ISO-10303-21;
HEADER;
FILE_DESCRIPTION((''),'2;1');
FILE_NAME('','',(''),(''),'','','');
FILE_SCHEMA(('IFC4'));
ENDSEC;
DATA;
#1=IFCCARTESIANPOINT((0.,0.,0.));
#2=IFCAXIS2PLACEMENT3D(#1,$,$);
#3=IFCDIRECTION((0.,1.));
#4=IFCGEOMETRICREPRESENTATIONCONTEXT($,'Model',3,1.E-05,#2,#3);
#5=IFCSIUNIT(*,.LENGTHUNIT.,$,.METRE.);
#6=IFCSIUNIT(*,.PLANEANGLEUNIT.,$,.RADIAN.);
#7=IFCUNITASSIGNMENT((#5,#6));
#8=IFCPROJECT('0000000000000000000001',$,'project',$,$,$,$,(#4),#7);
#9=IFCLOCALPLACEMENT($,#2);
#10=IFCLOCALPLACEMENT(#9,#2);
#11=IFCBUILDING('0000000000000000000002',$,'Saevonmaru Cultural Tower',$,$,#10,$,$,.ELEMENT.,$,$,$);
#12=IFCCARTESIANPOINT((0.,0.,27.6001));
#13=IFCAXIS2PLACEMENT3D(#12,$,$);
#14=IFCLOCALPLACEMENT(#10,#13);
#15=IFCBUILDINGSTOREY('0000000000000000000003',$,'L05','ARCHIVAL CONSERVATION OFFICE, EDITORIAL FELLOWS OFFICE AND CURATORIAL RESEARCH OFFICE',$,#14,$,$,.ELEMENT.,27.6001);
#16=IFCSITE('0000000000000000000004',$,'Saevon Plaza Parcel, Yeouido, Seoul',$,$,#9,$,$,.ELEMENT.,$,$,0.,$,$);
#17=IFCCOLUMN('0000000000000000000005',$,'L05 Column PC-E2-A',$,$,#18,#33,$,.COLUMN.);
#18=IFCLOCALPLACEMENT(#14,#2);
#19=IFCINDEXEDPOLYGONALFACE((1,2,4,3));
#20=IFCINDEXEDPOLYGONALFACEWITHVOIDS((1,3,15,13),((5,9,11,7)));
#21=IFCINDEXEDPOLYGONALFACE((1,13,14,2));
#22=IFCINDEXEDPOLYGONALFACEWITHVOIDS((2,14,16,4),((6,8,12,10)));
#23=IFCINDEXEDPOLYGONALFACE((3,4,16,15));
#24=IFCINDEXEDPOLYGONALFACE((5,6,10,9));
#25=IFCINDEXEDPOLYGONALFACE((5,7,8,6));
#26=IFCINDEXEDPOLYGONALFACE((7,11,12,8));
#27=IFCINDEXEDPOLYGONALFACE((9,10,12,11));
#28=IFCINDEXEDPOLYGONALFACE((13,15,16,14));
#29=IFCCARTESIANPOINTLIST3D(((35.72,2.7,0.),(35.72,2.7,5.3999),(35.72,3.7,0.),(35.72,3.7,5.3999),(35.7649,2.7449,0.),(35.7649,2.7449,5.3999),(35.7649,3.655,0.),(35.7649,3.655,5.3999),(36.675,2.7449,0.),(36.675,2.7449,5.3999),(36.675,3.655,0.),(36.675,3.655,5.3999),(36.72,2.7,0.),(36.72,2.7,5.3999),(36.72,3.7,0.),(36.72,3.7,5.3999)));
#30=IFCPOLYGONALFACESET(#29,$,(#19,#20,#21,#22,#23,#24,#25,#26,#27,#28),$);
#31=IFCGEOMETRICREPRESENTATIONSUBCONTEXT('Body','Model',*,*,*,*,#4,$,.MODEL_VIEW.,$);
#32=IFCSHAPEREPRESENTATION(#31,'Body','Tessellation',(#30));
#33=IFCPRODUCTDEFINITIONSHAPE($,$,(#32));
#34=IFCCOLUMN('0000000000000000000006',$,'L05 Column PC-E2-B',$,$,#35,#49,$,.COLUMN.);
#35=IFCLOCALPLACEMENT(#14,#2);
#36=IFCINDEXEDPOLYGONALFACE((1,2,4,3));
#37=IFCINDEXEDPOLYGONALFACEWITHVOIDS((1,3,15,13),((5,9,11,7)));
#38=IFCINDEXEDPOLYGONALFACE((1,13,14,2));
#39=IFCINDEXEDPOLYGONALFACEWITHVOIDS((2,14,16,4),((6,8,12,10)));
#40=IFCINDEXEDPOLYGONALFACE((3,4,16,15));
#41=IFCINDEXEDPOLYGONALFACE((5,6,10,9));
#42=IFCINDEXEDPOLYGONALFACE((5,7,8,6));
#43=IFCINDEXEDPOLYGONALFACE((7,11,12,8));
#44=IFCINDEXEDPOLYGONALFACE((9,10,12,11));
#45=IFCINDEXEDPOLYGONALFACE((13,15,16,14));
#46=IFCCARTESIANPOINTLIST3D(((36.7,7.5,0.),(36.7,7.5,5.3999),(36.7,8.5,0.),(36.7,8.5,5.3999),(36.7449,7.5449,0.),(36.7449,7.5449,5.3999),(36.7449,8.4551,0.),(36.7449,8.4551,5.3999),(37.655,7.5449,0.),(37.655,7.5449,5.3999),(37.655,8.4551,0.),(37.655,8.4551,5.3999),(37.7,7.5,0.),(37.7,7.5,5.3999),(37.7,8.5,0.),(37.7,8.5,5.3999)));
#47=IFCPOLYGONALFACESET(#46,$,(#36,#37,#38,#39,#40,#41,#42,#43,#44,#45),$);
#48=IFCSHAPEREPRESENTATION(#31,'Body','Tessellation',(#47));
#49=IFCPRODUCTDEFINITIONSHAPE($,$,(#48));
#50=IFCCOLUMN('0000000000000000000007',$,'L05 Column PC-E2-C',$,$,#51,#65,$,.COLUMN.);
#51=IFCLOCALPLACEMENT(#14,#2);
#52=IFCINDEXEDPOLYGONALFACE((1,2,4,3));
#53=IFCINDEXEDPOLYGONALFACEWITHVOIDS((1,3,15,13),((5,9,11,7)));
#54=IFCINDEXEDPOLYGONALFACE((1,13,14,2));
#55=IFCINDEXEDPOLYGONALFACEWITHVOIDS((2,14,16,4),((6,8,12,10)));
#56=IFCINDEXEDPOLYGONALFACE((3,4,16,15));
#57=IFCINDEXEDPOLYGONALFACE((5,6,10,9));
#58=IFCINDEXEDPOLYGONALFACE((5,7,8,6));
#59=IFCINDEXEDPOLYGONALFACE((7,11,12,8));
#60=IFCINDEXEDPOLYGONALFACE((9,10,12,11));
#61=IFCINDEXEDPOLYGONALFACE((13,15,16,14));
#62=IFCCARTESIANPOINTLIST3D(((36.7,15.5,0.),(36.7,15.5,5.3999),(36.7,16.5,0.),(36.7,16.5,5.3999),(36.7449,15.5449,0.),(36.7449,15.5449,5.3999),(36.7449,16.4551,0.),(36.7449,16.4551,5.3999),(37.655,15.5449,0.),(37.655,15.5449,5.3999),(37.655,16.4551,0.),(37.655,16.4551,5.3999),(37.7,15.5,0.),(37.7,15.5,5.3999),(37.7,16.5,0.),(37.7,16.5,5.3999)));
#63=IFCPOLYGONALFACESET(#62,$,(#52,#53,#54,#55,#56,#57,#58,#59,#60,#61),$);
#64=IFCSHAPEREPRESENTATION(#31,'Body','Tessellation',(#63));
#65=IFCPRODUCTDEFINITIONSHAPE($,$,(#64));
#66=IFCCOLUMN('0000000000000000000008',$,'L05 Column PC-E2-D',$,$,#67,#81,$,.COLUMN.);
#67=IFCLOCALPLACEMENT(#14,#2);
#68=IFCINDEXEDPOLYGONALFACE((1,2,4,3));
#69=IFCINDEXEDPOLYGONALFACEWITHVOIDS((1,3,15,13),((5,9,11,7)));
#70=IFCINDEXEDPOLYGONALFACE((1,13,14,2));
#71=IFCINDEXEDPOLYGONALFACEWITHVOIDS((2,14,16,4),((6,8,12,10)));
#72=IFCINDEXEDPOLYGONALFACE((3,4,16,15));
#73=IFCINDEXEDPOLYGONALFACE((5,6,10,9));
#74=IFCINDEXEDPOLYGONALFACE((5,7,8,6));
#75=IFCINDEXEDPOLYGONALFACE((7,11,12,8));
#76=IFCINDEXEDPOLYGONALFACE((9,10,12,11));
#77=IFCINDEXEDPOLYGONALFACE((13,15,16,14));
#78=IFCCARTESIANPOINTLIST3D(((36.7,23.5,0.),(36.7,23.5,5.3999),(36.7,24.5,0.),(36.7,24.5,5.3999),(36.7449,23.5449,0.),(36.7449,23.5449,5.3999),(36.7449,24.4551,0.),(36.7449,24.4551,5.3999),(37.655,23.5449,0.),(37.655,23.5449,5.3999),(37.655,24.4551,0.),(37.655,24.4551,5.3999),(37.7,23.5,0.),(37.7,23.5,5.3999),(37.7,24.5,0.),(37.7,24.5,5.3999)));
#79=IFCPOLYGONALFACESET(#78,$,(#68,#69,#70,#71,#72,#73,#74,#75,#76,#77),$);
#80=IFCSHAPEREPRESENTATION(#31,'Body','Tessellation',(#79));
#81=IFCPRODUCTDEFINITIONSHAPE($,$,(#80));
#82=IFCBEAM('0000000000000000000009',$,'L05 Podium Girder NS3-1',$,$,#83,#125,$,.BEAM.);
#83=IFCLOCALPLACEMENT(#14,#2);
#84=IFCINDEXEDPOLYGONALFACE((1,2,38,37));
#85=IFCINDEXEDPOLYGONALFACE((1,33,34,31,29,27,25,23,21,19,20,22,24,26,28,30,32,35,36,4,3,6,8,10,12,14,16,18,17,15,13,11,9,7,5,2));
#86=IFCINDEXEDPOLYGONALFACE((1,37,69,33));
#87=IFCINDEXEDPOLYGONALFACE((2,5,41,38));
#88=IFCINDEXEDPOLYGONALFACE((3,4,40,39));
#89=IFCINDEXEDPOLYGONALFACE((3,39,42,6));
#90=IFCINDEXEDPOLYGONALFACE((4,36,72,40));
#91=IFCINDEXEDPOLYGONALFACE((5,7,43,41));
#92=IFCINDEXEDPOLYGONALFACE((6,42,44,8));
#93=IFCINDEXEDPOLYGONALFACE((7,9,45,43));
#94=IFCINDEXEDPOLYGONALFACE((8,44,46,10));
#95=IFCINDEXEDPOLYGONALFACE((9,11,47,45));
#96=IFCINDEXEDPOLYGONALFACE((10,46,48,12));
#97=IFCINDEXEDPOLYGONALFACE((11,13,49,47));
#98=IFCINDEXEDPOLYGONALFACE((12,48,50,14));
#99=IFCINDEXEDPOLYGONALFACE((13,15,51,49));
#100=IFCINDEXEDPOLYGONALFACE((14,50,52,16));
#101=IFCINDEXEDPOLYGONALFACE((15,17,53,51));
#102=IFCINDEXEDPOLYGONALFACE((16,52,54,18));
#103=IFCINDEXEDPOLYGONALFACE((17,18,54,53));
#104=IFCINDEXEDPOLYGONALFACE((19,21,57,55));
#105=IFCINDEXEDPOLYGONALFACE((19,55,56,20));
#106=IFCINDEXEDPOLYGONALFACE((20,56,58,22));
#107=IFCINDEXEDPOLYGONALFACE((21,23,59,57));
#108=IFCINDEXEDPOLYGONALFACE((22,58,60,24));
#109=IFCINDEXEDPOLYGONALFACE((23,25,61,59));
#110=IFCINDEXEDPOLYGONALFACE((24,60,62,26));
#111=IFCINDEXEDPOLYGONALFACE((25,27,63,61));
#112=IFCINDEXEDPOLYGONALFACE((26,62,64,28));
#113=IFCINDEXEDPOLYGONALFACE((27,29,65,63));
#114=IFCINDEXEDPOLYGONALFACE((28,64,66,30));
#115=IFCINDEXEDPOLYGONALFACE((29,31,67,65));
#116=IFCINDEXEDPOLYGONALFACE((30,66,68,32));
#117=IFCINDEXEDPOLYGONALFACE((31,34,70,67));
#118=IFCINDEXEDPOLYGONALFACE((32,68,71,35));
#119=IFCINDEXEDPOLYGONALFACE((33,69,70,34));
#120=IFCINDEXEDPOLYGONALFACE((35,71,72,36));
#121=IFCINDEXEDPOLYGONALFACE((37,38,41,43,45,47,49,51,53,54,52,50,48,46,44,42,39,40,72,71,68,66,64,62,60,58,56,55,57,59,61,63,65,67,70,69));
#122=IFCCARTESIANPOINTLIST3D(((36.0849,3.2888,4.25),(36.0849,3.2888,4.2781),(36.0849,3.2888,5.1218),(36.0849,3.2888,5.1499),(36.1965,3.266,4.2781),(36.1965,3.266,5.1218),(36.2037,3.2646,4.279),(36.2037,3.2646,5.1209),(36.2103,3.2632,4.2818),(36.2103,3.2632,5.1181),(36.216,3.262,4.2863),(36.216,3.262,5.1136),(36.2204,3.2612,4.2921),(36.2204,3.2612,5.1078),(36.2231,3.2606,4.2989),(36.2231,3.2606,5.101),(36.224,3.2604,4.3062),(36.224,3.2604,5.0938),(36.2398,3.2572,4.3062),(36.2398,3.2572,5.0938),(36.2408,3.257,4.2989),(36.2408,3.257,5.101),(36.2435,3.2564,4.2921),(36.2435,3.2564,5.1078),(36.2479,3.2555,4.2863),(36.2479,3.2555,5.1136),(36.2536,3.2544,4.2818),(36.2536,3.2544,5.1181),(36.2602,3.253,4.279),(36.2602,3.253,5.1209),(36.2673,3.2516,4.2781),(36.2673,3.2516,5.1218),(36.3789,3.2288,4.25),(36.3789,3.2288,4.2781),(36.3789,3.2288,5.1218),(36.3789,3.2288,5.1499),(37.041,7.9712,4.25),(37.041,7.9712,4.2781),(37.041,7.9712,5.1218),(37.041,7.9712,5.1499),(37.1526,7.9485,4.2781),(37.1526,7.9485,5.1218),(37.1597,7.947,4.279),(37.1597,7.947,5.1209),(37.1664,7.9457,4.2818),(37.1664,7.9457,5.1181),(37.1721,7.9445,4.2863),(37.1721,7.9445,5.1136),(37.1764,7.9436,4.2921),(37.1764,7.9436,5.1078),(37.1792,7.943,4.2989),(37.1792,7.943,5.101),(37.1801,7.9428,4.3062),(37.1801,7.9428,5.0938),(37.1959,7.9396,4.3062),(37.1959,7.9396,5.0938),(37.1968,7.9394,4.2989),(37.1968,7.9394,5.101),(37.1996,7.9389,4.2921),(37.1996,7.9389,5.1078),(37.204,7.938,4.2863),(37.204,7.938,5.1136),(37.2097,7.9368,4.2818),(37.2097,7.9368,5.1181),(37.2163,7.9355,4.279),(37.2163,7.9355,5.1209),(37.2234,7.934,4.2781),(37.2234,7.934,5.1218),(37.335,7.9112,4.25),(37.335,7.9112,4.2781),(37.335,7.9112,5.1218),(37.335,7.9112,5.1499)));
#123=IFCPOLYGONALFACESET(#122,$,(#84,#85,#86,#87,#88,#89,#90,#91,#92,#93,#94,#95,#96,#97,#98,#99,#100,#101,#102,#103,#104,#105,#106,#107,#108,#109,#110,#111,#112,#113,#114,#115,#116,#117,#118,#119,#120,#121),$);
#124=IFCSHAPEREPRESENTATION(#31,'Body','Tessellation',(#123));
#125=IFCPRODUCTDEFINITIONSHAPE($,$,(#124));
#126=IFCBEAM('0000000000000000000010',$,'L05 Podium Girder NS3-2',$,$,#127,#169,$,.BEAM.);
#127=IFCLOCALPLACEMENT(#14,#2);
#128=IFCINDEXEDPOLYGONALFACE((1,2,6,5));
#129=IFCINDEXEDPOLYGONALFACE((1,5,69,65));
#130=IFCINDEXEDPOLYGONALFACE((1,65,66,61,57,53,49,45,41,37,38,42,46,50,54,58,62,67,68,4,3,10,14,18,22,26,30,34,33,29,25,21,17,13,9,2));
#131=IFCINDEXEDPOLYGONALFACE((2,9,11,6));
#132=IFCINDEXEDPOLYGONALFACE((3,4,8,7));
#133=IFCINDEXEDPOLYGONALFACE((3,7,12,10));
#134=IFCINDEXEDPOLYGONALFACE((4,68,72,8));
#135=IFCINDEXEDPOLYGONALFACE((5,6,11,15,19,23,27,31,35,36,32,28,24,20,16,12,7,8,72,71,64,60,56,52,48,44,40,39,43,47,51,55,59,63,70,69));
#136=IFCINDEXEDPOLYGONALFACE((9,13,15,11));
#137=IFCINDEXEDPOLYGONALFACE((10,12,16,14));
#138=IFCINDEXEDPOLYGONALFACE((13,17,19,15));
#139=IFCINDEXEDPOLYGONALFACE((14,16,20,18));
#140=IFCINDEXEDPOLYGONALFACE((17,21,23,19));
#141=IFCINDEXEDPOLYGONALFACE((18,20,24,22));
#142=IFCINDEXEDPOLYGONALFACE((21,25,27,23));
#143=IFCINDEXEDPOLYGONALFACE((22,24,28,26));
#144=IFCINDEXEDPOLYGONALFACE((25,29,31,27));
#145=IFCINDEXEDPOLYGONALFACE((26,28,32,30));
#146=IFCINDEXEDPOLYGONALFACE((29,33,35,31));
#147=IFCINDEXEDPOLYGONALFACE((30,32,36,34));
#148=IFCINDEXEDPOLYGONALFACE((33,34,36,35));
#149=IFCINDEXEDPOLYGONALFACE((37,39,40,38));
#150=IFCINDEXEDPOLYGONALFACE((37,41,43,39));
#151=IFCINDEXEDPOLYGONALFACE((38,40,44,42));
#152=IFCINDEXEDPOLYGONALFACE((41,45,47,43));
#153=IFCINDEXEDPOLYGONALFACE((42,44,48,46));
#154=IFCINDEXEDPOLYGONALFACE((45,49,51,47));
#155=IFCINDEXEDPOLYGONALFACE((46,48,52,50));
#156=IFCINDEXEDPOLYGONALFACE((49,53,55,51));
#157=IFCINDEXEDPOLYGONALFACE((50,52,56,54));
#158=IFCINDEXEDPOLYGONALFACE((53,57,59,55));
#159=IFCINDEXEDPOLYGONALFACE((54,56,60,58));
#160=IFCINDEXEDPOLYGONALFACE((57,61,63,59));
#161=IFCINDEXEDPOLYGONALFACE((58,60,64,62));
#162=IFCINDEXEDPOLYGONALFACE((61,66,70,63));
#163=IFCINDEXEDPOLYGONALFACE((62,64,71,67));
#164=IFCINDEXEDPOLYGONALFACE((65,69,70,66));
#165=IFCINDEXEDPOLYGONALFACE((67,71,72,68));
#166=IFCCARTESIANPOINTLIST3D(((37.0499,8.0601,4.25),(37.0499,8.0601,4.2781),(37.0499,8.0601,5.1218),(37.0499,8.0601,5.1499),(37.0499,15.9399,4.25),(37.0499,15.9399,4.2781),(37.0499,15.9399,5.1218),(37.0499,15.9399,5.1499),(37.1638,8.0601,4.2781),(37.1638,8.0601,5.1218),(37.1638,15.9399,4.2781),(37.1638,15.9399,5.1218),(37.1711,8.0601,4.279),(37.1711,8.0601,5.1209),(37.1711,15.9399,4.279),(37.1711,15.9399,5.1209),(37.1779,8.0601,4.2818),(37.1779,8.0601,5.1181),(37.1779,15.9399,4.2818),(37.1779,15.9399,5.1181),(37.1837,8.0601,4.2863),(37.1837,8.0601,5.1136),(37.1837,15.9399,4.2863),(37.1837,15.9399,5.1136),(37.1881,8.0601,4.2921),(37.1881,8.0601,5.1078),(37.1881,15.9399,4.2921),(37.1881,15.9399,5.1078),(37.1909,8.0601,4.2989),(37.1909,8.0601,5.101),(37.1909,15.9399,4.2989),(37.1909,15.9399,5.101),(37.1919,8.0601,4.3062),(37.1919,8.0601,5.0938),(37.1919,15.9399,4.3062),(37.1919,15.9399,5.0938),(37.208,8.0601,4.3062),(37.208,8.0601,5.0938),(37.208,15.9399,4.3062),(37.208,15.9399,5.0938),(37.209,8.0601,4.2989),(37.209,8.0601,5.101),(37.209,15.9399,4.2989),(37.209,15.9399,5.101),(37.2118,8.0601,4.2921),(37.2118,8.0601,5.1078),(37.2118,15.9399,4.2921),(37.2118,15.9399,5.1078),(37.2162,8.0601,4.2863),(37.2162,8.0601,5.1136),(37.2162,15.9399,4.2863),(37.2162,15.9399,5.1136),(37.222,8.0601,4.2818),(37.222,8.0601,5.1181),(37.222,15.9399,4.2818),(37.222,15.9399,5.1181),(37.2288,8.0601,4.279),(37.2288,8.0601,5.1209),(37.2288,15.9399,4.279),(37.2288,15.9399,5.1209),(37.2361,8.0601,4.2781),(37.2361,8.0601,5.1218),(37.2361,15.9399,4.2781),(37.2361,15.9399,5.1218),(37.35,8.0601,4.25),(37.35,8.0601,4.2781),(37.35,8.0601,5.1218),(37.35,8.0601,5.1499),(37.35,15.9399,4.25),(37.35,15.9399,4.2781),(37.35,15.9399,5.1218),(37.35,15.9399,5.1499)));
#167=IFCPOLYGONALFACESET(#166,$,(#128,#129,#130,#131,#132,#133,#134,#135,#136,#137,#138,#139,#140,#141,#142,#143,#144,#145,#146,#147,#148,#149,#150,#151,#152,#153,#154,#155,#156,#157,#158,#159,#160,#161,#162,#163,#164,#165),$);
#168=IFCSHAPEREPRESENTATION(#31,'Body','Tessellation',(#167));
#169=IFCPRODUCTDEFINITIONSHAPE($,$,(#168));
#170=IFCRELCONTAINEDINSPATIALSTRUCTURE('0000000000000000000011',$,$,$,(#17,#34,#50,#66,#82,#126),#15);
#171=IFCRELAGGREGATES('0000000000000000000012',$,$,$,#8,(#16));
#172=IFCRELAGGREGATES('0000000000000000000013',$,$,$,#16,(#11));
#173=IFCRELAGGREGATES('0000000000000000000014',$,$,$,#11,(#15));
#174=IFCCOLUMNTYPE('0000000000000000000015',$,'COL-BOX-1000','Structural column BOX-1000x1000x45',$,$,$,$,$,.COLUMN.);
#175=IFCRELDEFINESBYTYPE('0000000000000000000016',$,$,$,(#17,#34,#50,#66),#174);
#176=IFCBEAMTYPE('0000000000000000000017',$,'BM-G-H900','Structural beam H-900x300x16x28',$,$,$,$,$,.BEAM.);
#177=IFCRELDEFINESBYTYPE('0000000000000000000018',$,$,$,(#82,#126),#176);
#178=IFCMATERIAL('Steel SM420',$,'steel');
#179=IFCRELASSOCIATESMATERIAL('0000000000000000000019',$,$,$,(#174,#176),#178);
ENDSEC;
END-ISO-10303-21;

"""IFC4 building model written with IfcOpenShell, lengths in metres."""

from ifc_helpers import new_model, si_unit, direction, frame, origin, origin_2d, place, context, subcontext, project, spatial, hollow_rectangle, i_section, extrude, material, material_profile, profile_set, type_object, element, save


model = new_model("IFC4")

# Units and contexts
model_context = context("Model", 3, precision=1e-05, world=origin(), true_north=direction((0.0, 1.0)))
body_context = subcontext(model_context, "Body", "Model", "MODEL_VIEW")
ifc_project = project(units=[si_unit("LENGTHUNIT", "METRE"), si_unit("PLANEANGLEUNIT", "RADIAN")], contexts=[model_context])

# Site, building, storey
site_placement = place(None, origin())
site = spatial("IfcSite", under=ifc_project, at=site_placement, Name="Saevon Plaza Parcel, Yeouido, Seoul", CompositionType="ELEMENT", RefElevation=0.0)
building_placement = place(site_placement, origin())
building = spatial("IfcBuilding", under=site, at=building_placement, Name="Saevonmaru Cultural Tower", CompositionType="ELEMENT")
storey_placement = place(building_placement, frame((0.0, 0.0, 27.6001)))
storey = spatial("IfcBuildingStorey", under=building, at=storey_placement, Name="L05", Description="ARCHIVAL CONSERVATION OFFICE, EDITORIAL FELLOWS OFFICE AND CURATORIAL RESEARCH OFFICE", CompositionType="ELEMENT", Elevation=27.6001)

# Columns
ifc_material_1 = material(Name="Steel SM420", Category="steel")
ifc_material_profile_1 = material_profile(ifc_material_1, hollow_rectangle(XDim=1.0, YDim=1.0, WallThickness=0.0449, at=origin_2d()), Name="BOX-1000x1000x45")
ifc_profile_set_1 = profile_set([ifc_material_profile_1], Name="Steel SM420")
column_type = type_object("IfcColumnType", Name="COL-BOX-1000", Description="Structural column BOX-1000x1000x45", PredefinedType="COLUMN", material=ifc_profile_set_1)
for number, where, z_axis, x_axis, name in (
    (1, (36.22, 3.2, 0.0), (0.0, 0.0, 1.0), (1.0, 0.0, 0.0), "L05 Column PC-E2-A"),
    (2, (37.2, 8.0, 0.0), (0.0, 0.0, 1.0), (1.0, 0.0, 0.0), "L05 Column PC-E2-B"),
    (3, (37.2, 16.0, 0.0), (0.0, 0.0, 1.0), (1.0, 0.0, 0.0), "L05 Column PC-E2-C"),
    (4, (37.2, 24.0, 0.0), (0.0, 0.0, 1.0), (1.0, 0.0, 0.0), "L05 Column PC-E2-D"),
):
    element("IfcColumn", number, at=place(storey_placement, frame(where, z_axis=z_axis, x_axis=x_axis)), inside=storey, type_object=column_type, Name=name, PredefinedType="COLUMN", context=body_context, shape_type="SweptSolid", body=[
        extrude(hollow_rectangle(XDim=1.0, YDim=1.0, WallThickness=0.0449, at=origin_2d()), origin(), (0.0, 0.0, 1.0), 5.3999),
    ])

# Beams
ifc_material_profile_2 = material_profile(ifc_material_1, i_section(OverallWidth=0.3, OverallDepth=0.8999, WebThickness=0.0161, FlangeThickness=0.0281, FilletRadius=0.0281, at=origin_2d()), Name="H-900x300x16x28")
ifc_profile_set_2 = profile_set([ifc_material_profile_2], Name="Steel SM420")
beam_type_1 = type_object("IfcBeamType", Name="BM-G-H900", Description="Structural beam H-900x300x16x28", PredefinedType="BEAM", material=ifc_profile_set_2)
beam_1_placement = place(storey_placement, frame((36.2319, 3.2588, 4.7), z_axis=(0.200054, 0.979785, 0.0), x_axis=(-0.979785, 0.200054, 0.0)))
element("IfcBeam", 5, at=beam_1_placement, inside=storey, type_object=beam_type_1, Name="L05 Podium Girder NS3-1", PredefinedType="BEAM", context=body_context, shape_type="SweptSolid", body=[
    extrude(i_section(OverallWidth=0.3, OverallDepth=0.8999, WebThickness=0.0161, FlangeThickness=0.0281, FilletRadius=0.0281, at=origin_2d()), origin(), (0.0, 0.0, 1.0), 4.7791),
])
for number, where, z_axis, x_axis, name in (
    (6, (37.2, 8.0601, 4.7), (0.0, 1.0, 0.0), (-1.0, 0.0, 0.0), "L05 Podium Girder NS3-2"),
):
    element("IfcBeam", number, at=place(storey_placement, frame(where, z_axis=z_axis, x_axis=x_axis)), inside=storey, type_object=beam_type_1, Name=name, PredefinedType="BEAM", context=body_context, shape_type="SweptSolid", body=[
        extrude(i_section(OverallWidth=0.3, OverallDepth=0.8999, WebThickness=0.0161, FlangeThickness=0.0281, FilletRadius=0.0281, at=origin_2d()), origin(), (0.0, 0.0, 1.0), 7.8799),
    ])

save(model, "model.ifc")
